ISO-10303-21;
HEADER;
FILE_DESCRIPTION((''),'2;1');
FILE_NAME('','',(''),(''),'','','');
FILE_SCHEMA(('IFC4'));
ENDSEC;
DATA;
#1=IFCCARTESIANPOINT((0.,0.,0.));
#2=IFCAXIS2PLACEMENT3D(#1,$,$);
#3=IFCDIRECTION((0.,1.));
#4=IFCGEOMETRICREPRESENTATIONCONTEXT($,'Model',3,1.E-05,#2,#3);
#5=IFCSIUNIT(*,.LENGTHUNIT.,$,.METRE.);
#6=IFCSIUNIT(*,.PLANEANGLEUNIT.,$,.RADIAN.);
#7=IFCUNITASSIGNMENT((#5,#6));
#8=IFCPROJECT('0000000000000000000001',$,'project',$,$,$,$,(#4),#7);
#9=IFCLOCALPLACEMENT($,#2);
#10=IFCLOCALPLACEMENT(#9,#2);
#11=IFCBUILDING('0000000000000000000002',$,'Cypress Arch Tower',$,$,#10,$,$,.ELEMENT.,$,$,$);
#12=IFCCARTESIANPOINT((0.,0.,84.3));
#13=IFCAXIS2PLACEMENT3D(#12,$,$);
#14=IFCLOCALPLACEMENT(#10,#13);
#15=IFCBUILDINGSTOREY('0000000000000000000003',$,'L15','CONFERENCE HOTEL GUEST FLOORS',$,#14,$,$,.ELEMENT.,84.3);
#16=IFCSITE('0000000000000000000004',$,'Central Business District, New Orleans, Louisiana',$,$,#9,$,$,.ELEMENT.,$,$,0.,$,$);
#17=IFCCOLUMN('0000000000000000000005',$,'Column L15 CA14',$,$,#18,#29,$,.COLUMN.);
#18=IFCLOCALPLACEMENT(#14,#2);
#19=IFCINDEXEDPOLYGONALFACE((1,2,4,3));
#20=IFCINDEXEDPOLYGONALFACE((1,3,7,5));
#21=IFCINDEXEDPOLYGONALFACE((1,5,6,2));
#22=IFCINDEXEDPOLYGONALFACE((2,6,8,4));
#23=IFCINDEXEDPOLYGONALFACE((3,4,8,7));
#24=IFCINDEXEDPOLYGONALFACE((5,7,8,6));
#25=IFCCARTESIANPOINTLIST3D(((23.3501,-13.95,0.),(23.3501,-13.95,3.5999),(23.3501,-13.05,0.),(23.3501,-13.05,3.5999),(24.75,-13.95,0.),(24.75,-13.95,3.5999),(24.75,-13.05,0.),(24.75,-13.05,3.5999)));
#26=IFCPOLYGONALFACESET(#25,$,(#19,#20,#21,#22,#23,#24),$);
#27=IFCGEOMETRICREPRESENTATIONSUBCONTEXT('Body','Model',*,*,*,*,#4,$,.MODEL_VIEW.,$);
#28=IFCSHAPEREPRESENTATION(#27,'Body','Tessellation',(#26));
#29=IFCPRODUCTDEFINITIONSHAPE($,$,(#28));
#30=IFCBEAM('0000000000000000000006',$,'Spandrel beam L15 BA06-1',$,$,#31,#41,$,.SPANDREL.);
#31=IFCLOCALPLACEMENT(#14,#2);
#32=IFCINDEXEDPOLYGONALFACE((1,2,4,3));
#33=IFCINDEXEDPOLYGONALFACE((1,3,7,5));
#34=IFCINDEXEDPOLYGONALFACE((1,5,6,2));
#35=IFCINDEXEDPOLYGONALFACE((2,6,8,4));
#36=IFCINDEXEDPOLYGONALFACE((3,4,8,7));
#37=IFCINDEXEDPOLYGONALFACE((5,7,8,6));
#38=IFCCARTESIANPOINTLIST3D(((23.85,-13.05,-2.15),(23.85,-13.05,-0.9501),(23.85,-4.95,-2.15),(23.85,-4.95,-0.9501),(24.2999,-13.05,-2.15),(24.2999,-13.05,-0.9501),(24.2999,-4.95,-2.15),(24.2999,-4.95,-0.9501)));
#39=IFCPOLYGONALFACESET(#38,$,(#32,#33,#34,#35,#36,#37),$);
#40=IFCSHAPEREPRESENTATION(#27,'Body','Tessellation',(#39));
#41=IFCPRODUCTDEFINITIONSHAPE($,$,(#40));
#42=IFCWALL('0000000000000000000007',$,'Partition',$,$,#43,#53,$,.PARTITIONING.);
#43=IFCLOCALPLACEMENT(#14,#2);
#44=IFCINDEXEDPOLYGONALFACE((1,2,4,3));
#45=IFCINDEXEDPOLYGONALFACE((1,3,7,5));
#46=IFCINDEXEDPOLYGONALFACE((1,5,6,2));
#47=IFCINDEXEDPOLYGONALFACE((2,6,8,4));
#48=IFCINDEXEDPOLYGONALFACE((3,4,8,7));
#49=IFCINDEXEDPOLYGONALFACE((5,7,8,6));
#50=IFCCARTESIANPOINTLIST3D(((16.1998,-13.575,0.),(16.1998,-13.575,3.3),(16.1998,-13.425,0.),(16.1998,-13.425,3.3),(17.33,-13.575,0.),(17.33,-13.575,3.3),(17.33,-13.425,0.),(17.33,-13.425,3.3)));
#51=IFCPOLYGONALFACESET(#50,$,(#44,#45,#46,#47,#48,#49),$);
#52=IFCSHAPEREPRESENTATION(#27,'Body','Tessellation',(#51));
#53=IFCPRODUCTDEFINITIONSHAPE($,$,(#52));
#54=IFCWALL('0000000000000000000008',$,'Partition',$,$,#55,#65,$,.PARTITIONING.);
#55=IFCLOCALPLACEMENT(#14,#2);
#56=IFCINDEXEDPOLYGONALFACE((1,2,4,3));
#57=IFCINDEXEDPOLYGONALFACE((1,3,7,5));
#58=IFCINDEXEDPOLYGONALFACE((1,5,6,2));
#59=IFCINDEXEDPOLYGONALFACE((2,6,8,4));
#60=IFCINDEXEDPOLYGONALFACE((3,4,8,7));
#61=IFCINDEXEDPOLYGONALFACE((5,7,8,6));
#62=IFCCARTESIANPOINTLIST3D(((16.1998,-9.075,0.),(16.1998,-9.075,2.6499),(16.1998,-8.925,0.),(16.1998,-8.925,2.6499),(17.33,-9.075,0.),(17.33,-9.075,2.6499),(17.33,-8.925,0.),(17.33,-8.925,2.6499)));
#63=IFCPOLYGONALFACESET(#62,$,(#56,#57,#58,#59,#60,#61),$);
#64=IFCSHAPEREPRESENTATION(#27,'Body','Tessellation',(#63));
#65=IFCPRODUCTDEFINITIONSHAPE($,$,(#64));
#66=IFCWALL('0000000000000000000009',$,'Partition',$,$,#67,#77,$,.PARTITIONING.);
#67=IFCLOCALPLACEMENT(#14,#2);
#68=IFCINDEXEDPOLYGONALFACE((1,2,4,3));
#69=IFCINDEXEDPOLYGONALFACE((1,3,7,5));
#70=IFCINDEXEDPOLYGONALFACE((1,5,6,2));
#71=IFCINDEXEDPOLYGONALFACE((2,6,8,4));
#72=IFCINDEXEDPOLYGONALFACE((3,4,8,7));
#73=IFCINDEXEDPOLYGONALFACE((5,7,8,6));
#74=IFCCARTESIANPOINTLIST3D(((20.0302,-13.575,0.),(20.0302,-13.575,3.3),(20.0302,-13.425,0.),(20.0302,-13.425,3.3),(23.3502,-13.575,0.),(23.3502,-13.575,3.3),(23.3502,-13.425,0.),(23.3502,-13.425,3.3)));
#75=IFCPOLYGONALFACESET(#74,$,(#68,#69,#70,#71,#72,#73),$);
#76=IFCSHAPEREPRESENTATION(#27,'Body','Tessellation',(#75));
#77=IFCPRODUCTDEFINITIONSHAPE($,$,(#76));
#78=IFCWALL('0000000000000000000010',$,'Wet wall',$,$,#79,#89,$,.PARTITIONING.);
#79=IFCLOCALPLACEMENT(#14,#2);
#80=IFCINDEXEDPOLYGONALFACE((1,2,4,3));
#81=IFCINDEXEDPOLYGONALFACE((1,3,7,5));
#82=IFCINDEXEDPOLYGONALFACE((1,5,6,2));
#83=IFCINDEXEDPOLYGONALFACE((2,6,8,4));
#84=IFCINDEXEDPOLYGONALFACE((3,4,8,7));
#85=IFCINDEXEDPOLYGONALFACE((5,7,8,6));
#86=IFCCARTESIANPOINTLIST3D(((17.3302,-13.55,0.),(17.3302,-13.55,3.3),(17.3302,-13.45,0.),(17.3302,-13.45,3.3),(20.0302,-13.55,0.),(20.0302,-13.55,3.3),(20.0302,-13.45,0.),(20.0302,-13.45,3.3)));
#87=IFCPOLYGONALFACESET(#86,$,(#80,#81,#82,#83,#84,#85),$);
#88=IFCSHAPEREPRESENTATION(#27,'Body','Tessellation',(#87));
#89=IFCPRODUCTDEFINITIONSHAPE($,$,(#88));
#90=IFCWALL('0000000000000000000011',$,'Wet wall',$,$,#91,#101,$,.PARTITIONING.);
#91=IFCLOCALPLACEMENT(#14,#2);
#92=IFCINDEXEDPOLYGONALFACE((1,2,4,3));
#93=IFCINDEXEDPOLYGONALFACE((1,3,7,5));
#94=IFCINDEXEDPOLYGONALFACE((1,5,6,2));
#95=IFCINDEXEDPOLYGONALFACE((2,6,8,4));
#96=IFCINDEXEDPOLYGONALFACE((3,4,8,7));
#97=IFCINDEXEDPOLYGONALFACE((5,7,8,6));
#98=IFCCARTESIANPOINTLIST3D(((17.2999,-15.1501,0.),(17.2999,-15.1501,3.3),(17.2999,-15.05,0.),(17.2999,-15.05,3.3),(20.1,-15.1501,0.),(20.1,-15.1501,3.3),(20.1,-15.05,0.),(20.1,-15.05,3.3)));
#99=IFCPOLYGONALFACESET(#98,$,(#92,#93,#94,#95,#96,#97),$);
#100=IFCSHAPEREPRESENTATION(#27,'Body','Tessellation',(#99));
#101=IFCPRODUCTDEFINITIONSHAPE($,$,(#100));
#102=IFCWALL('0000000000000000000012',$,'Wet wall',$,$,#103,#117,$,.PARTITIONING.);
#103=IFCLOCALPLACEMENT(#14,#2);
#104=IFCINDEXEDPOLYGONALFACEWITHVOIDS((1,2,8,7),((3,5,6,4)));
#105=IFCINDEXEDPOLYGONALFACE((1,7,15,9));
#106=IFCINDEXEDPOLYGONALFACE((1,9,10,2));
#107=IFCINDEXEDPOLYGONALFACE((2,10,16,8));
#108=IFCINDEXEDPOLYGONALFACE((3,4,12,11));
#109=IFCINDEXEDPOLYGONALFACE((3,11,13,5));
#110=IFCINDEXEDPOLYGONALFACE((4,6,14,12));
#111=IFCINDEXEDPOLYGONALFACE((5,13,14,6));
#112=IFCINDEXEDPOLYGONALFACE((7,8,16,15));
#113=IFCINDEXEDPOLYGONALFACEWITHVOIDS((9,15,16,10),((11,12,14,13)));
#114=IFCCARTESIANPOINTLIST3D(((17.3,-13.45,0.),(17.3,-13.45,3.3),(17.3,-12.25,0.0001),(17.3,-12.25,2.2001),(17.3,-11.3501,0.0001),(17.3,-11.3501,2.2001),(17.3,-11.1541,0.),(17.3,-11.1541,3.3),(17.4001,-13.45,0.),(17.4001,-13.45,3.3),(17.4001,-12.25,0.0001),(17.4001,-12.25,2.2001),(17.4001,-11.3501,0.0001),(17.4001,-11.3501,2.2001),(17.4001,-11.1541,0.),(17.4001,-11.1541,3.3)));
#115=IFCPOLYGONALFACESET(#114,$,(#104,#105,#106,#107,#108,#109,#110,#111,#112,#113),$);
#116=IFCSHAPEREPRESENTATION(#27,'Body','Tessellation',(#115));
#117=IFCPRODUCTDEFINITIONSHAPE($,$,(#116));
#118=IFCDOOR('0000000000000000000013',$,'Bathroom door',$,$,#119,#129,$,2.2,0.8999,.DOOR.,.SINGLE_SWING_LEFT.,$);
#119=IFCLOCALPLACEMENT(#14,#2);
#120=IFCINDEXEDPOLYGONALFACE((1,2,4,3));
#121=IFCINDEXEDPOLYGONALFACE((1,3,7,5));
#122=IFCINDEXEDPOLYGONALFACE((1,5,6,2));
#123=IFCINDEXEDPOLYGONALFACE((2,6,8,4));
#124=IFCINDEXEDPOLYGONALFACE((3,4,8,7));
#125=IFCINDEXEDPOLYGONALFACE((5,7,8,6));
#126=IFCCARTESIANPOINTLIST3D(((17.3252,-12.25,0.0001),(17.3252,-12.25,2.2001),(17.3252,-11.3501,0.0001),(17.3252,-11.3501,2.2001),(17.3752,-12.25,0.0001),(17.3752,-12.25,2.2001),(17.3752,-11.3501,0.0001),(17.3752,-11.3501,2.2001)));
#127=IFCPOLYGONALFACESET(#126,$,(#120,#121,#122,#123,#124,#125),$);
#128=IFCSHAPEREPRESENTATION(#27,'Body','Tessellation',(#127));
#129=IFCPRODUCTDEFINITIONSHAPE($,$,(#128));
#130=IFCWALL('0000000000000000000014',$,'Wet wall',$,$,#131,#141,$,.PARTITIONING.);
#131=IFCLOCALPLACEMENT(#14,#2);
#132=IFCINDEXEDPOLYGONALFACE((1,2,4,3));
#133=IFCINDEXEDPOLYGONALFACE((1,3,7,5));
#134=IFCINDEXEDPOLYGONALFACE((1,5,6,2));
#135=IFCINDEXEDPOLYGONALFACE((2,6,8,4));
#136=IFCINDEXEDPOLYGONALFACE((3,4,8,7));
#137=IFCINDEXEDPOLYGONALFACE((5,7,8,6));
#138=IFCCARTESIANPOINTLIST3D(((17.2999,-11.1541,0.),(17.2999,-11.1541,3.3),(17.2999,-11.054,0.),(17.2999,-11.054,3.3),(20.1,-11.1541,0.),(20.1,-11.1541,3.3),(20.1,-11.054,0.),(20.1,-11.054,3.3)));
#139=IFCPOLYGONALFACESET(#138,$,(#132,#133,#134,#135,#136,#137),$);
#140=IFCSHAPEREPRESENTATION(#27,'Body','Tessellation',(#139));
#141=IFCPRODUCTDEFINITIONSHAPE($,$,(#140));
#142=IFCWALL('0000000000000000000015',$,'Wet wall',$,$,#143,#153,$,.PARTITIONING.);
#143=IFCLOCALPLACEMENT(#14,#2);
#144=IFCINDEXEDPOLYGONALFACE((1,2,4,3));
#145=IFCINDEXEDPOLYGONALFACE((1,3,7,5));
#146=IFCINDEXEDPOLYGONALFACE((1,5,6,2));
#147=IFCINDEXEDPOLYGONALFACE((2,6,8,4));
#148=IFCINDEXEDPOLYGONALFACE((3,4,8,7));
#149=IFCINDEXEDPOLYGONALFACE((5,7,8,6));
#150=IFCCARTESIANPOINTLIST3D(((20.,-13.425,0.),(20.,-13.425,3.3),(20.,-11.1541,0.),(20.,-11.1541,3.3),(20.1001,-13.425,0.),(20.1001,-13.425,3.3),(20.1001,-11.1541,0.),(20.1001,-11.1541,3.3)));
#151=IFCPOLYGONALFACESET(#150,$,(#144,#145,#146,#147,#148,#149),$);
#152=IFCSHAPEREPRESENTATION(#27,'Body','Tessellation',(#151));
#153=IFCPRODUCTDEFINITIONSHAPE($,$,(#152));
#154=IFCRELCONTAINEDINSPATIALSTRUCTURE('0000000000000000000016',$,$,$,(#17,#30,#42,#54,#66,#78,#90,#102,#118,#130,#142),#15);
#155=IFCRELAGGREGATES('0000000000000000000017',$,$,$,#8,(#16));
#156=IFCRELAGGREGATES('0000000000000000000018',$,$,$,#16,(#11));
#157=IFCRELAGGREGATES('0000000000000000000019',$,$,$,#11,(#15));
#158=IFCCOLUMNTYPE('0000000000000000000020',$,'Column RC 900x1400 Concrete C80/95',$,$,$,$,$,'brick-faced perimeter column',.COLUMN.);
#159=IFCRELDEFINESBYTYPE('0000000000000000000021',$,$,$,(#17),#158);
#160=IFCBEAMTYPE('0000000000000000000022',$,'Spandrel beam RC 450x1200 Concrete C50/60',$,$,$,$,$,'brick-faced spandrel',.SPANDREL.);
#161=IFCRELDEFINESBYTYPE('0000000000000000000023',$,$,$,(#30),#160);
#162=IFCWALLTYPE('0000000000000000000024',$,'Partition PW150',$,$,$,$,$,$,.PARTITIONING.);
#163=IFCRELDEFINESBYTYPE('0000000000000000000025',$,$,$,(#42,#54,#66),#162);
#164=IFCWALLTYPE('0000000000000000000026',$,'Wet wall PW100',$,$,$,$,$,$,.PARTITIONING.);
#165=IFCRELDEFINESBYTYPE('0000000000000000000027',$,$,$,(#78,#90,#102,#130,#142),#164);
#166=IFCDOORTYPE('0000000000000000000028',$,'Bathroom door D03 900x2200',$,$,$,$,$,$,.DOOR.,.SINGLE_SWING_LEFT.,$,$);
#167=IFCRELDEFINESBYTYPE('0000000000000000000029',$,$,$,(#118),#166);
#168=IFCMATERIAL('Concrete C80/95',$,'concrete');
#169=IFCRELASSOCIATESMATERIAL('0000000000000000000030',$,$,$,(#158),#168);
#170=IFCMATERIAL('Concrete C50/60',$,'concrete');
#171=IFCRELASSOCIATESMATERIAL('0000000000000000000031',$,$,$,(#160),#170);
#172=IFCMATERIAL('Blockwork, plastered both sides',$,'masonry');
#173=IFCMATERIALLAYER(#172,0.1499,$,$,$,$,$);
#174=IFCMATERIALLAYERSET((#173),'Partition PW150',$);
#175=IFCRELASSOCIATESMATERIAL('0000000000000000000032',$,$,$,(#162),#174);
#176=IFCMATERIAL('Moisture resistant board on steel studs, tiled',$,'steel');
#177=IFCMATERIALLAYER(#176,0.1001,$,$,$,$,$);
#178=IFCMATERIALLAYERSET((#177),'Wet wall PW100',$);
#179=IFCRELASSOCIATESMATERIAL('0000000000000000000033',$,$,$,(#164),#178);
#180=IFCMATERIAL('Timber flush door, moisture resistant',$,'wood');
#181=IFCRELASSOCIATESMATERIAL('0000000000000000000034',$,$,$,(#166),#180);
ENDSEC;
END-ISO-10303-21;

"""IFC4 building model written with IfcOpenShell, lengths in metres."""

from ifc_helpers import new_model, si_unit, direction, frame, frame_2d, origin, origin_2d, place, context, subcontext, project, spatial, rectangle, extrude, material, layer, layer_set, material_profile, profile_set, type_object, element, fill, save


model = new_model("IFC4")

# Units and contexts
model_context = context("Model", 3, precision=1e-05, world=origin(), true_north=direction((0.0, 1.0)))
body_context = subcontext(model_context, "Body", "Model", "MODEL_VIEW")
ifc_project = project(units=[si_unit("LENGTHUNIT", "METRE"), si_unit("PLANEANGLEUNIT", "RADIAN")], contexts=[model_context])

# Site, building, storey
site_placement = place(None, origin())
site = spatial("IfcSite", under=ifc_project, at=site_placement, Name="Central Business District, New Orleans, Louisiana", CompositionType="ELEMENT", RefElevation=0.0)
building_placement = place(site_placement, origin())
building = spatial("IfcBuilding", under=site, at=building_placement, Name="Cypress Arch Tower", CompositionType="ELEMENT")
storey_placement = place(building_placement, frame((0.0, 0.0, 84.3)))
storey = spatial("IfcBuildingStorey", under=building, at=storey_placement, Name="L15", Description="CONFERENCE HOTEL GUEST FLOORS", CompositionType="ELEMENT", Elevation=84.3)

# Column
ifc_material_1 = material(Name="Concrete C80/95", Category="concrete")
ifc_material_profile_1 = material_profile(ifc_material_1, rectangle(XDim=0.8999, YDim=1.3999, at=origin_2d()), Name="RC 900x1400")
ifc_profile_set_1 = profile_set([ifc_material_profile_1], Name="Concrete C80/95")
column_type = type_object("IfcColumnType", Name="Column RC 900x1400 Concrete C80/95", ElementType="brick-faced perimeter column", PredefinedType="COLUMN", material=ifc_profile_set_1)
column_placement = place(storey_placement, frame((24.05, -13.5, 0.0), z_axis=(0.0, 0.0, 1.0), x_axis=(0.0, 1.0, 0.0)))
element("IfcColumn", 1, at=column_placement, inside=storey, type_object=column_type, Name="Column L15 CA14", PredefinedType="COLUMN", context=body_context, shape_type="SweptSolid", body=[
    extrude(rectangle(XDim=0.8999, YDim=1.3999, at=origin_2d()), origin(), (0.0, 0.0, 1.0), 3.5999),
])

# Beam
ifc_material_2 = material(Name="Concrete C50/60", Category="concrete")
ifc_material_profile_2 = material_profile(ifc_material_2, rectangle(XDim=0.45, YDim=1.2, at=origin_2d()), Name="RC 450x1200")
ifc_profile_set_2 = profile_set([ifc_material_profile_2], Name="Concrete C50/60")
beam_type = type_object("IfcBeamType", Name="Spandrel beam RC 450x1200 Concrete C50/60", ElementType="brick-faced spandrel", PredefinedType="SPANDREL", material=ifc_profile_set_2)
beam_placement = place(storey_placement, frame((24.075, -13.05, -1.55), z_axis=(0.0, 1.0, 0.0), x_axis=(-1.0, 0.0, 0.0)))
element("IfcBeam", 2, at=beam_placement, inside=storey, type_object=beam_type, Name="Spandrel beam L15 BA06-1", PredefinedType="SPANDREL", context=body_context, shape_type="SweptSolid", body=[
    extrude(rectangle(XDim=0.45, YDim=1.2, at=origin_2d()), origin(), (0.0, 0.0, 1.0), 8.1001),
])

# Walls
ifc_material_3 = material(Name="Blockwork, plastered both sides", Category="masonry")
ifc_layer_1 = layer(ifc_material_3, 0.1499)
ifc_layer_set_1 = layer_set([ifc_layer_1], Name="Partition PW150")
wall_type_1 = type_object("IfcWallType", Name="Partition PW150", PredefinedType="PARTITIONING", material=ifc_layer_set_1)
wall_1_placement = place(storey_placement, frame((16.2, -13.5, 0.0), z_axis=(0.0, 0.0, 1.0), x_axis=(1.0, 0.0, 0.0)))
element("IfcWall", 3, at=wall_1_placement, inside=storey, type_object=wall_type_1, Name="Partition", PredefinedType="PARTITIONING", context=body_context, shape_type="SweptSolid", body=[
    extrude(rectangle(XDim=1.1301, YDim=0.1499, at=frame_2d((0.5649, 0.0))), origin(), (0.0, 0.0, 1.0), 3.3),
])
wall_2_placement = place(storey_placement, frame((16.2, -9.0, 0.0), z_axis=(0.0, 0.0, 1.0), x_axis=(1.0, 0.0, 0.0)))
element("IfcWall", 4, at=wall_2_placement, inside=storey, type_object=wall_type_1, Name="Partition", PredefinedType="PARTITIONING", context=body_context, shape_type="SweptSolid", body=[
    extrude(rectangle(XDim=1.1301, YDim=0.1499, at=frame_2d((0.5649, 0.0))), origin(), (0.0, 0.0, 1.0), 2.6499),
])
wall_3_placement = place(storey_placement, frame((20.03, -13.5, 0.0), z_axis=(0.0, 0.0, 1.0), x_axis=(1.0, 0.0, 0.0)))
element("IfcWall", 5, at=wall_3_placement, inside=storey, type_object=wall_type_1, Name="Partition", PredefinedType="PARTITIONING", context=body_context, shape_type="SweptSolid", body=[
    extrude(rectangle(XDim=3.3201, YDim=0.1499, at=frame_2d((1.6602, 0.0))), origin(), (0.0, 0.0, 1.0), 3.3),
])
ifc_material_4 = material(Name="Moisture resistant board on steel studs, tiled", Category="steel")
ifc_layer_2 = layer(ifc_material_4, 0.1001)
ifc_layer_set_2 = layer_set([ifc_layer_2], Name="Wet wall PW100")
wall_type_2 = type_object("IfcWallType", Name="Wet wall PW100", PredefinedType="PARTITIONING", material=ifc_layer_set_2)
wall_4_placement = place(storey_placement, frame((17.3301, -13.5, 0.0), z_axis=(0.0, 0.0, 1.0), x_axis=(1.0, 0.0, 0.0)))
element("IfcWall", 6, at=wall_4_placement, inside=storey, type_object=wall_type_2, Name="Wet wall", PredefinedType="PARTITIONING", context=body_context, shape_type="SweptSolid", body=[
    extrude(rectangle(XDim=2.7, YDim=0.1001, at=frame_2d((1.3501, 0.0))), origin(), (0.0, 0.0, 1.0), 3.3),
])
wall_5_placement = place(storey_placement, frame((17.3, -15.1001, 0.0), z_axis=(0.0, 0.0, 1.0), x_axis=(1.0, 0.0, 0.0)))
element("IfcWall", 7, at=wall_5_placement, inside=storey, type_object=wall_type_2, Name="Wet wall", PredefinedType="PARTITIONING", context=body_context, shape_type="SweptSolid", body=[
    extrude(rectangle(XDim=2.8, YDim=0.1001, at=frame_2d((1.3999, 0.0))), origin(), (0.0, 0.0, 1.0), 3.3),
])

# Wall, opening, door
wall_6_placement = place(storey_placement, frame((17.3501, -13.45, 0.0), z_axis=(0.0, 0.0, 1.0), x_axis=(0.0, 1.0, 0.0)))
wall_6 = element("IfcWall", 8, at=wall_6_placement, inside=storey, type_object=wall_type_2, Name="Wet wall", PredefinedType="PARTITIONING", context=body_context, shape_type="SweptSolid", body=[
    extrude(rectangle(XDim=2.2959, YDim=0.1001, at=frame_2d((1.1479, 0.0))), origin(), (0.0, 0.0, 1.0), 3.3),
])
opening_1_placement = place(wall_6_placement, frame((1.2, 0.0, 0.0)))
opening_1 = element("IfcOpeningElement", 9, at=opening_1_placement, cuts=wall_6, PredefinedType="OPENING", context=body_context, shape_type="SweptSolid", body=[
    extrude(rectangle(XDim=0.8999, YDim=2.2, at=frame_2d((0.45, 1.1001))), frame((0.0, 0.0601, 0.0), z_axis=(0.0, -1.0, 0.0), x_axis=(1.0, 0.0, 0.0)), (0.0, 0.0, 1.0), 0.1201),
])
ifc_material_5 = material(Name="Timber flush door, moisture resistant", Category="wood")
door_type_1 = type_object("IfcDoorType", Name="Bathroom door D03 900x2200", OperationType="SINGLE_SWING_LEFT", PredefinedType="DOOR", material=ifc_material_5)
door_1_placement = place(opening_1_placement, origin())
door_1 = element("IfcDoor", 10, at=door_1_placement, inside=storey, type_object=door_type_1, Name="Bathroom door", OperationType="SINGLE_SWING_LEFT", OverallHeight=2.2, OverallWidth=0.8999, PredefinedType="DOOR", context=body_context, shape_type="SweptSolid", body=[
    extrude(rectangle(XDim=0.8999, YDim=2.2, at=frame_2d((0.45, 1.1001))), frame((0.0, 0.0249, 0.0), z_axis=(0.0, -1.0, 0.0), x_axis=(1.0, 0.0, 0.0)), (0.0, 0.0, 1.0), 0.05),
])
fill(opening_1, door_1)

# Walls
wall_7_placement = place(storey_placement, frame((17.3, -11.104, 0.0), z_axis=(0.0, 0.0, 1.0), x_axis=(1.0, 0.0, 0.0)))
element("IfcWall", 11, at=wall_7_placement, inside=storey, type_object=wall_type_2, Name="Wet wall", PredefinedType="PARTITIONING", context=body_context, shape_type="SweptSolid", body=[
    extrude(rectangle(XDim=2.8, YDim=0.1001, at=frame_2d((1.3999, 0.0))), origin(), (0.0, 0.0, 1.0), 3.3),
])
wall_8_placement = place(storey_placement, frame((20.05, -13.425, 0.0), z_axis=(0.0, 0.0, 1.0), x_axis=(0.0, 1.0, 0.0)))
element("IfcWall", 12, at=wall_8_placement, inside=storey, type_object=wall_type_2, Name="Wet wall", PredefinedType="PARTITIONING", context=body_context, shape_type="SweptSolid", body=[
    extrude(rectangle(XDim=2.271, YDim=0.1001, at=frame_2d((1.1355, 0.0))), origin(), (0.0, 0.0, 1.0), 3.3),
])

save(model, "model.ifc")
